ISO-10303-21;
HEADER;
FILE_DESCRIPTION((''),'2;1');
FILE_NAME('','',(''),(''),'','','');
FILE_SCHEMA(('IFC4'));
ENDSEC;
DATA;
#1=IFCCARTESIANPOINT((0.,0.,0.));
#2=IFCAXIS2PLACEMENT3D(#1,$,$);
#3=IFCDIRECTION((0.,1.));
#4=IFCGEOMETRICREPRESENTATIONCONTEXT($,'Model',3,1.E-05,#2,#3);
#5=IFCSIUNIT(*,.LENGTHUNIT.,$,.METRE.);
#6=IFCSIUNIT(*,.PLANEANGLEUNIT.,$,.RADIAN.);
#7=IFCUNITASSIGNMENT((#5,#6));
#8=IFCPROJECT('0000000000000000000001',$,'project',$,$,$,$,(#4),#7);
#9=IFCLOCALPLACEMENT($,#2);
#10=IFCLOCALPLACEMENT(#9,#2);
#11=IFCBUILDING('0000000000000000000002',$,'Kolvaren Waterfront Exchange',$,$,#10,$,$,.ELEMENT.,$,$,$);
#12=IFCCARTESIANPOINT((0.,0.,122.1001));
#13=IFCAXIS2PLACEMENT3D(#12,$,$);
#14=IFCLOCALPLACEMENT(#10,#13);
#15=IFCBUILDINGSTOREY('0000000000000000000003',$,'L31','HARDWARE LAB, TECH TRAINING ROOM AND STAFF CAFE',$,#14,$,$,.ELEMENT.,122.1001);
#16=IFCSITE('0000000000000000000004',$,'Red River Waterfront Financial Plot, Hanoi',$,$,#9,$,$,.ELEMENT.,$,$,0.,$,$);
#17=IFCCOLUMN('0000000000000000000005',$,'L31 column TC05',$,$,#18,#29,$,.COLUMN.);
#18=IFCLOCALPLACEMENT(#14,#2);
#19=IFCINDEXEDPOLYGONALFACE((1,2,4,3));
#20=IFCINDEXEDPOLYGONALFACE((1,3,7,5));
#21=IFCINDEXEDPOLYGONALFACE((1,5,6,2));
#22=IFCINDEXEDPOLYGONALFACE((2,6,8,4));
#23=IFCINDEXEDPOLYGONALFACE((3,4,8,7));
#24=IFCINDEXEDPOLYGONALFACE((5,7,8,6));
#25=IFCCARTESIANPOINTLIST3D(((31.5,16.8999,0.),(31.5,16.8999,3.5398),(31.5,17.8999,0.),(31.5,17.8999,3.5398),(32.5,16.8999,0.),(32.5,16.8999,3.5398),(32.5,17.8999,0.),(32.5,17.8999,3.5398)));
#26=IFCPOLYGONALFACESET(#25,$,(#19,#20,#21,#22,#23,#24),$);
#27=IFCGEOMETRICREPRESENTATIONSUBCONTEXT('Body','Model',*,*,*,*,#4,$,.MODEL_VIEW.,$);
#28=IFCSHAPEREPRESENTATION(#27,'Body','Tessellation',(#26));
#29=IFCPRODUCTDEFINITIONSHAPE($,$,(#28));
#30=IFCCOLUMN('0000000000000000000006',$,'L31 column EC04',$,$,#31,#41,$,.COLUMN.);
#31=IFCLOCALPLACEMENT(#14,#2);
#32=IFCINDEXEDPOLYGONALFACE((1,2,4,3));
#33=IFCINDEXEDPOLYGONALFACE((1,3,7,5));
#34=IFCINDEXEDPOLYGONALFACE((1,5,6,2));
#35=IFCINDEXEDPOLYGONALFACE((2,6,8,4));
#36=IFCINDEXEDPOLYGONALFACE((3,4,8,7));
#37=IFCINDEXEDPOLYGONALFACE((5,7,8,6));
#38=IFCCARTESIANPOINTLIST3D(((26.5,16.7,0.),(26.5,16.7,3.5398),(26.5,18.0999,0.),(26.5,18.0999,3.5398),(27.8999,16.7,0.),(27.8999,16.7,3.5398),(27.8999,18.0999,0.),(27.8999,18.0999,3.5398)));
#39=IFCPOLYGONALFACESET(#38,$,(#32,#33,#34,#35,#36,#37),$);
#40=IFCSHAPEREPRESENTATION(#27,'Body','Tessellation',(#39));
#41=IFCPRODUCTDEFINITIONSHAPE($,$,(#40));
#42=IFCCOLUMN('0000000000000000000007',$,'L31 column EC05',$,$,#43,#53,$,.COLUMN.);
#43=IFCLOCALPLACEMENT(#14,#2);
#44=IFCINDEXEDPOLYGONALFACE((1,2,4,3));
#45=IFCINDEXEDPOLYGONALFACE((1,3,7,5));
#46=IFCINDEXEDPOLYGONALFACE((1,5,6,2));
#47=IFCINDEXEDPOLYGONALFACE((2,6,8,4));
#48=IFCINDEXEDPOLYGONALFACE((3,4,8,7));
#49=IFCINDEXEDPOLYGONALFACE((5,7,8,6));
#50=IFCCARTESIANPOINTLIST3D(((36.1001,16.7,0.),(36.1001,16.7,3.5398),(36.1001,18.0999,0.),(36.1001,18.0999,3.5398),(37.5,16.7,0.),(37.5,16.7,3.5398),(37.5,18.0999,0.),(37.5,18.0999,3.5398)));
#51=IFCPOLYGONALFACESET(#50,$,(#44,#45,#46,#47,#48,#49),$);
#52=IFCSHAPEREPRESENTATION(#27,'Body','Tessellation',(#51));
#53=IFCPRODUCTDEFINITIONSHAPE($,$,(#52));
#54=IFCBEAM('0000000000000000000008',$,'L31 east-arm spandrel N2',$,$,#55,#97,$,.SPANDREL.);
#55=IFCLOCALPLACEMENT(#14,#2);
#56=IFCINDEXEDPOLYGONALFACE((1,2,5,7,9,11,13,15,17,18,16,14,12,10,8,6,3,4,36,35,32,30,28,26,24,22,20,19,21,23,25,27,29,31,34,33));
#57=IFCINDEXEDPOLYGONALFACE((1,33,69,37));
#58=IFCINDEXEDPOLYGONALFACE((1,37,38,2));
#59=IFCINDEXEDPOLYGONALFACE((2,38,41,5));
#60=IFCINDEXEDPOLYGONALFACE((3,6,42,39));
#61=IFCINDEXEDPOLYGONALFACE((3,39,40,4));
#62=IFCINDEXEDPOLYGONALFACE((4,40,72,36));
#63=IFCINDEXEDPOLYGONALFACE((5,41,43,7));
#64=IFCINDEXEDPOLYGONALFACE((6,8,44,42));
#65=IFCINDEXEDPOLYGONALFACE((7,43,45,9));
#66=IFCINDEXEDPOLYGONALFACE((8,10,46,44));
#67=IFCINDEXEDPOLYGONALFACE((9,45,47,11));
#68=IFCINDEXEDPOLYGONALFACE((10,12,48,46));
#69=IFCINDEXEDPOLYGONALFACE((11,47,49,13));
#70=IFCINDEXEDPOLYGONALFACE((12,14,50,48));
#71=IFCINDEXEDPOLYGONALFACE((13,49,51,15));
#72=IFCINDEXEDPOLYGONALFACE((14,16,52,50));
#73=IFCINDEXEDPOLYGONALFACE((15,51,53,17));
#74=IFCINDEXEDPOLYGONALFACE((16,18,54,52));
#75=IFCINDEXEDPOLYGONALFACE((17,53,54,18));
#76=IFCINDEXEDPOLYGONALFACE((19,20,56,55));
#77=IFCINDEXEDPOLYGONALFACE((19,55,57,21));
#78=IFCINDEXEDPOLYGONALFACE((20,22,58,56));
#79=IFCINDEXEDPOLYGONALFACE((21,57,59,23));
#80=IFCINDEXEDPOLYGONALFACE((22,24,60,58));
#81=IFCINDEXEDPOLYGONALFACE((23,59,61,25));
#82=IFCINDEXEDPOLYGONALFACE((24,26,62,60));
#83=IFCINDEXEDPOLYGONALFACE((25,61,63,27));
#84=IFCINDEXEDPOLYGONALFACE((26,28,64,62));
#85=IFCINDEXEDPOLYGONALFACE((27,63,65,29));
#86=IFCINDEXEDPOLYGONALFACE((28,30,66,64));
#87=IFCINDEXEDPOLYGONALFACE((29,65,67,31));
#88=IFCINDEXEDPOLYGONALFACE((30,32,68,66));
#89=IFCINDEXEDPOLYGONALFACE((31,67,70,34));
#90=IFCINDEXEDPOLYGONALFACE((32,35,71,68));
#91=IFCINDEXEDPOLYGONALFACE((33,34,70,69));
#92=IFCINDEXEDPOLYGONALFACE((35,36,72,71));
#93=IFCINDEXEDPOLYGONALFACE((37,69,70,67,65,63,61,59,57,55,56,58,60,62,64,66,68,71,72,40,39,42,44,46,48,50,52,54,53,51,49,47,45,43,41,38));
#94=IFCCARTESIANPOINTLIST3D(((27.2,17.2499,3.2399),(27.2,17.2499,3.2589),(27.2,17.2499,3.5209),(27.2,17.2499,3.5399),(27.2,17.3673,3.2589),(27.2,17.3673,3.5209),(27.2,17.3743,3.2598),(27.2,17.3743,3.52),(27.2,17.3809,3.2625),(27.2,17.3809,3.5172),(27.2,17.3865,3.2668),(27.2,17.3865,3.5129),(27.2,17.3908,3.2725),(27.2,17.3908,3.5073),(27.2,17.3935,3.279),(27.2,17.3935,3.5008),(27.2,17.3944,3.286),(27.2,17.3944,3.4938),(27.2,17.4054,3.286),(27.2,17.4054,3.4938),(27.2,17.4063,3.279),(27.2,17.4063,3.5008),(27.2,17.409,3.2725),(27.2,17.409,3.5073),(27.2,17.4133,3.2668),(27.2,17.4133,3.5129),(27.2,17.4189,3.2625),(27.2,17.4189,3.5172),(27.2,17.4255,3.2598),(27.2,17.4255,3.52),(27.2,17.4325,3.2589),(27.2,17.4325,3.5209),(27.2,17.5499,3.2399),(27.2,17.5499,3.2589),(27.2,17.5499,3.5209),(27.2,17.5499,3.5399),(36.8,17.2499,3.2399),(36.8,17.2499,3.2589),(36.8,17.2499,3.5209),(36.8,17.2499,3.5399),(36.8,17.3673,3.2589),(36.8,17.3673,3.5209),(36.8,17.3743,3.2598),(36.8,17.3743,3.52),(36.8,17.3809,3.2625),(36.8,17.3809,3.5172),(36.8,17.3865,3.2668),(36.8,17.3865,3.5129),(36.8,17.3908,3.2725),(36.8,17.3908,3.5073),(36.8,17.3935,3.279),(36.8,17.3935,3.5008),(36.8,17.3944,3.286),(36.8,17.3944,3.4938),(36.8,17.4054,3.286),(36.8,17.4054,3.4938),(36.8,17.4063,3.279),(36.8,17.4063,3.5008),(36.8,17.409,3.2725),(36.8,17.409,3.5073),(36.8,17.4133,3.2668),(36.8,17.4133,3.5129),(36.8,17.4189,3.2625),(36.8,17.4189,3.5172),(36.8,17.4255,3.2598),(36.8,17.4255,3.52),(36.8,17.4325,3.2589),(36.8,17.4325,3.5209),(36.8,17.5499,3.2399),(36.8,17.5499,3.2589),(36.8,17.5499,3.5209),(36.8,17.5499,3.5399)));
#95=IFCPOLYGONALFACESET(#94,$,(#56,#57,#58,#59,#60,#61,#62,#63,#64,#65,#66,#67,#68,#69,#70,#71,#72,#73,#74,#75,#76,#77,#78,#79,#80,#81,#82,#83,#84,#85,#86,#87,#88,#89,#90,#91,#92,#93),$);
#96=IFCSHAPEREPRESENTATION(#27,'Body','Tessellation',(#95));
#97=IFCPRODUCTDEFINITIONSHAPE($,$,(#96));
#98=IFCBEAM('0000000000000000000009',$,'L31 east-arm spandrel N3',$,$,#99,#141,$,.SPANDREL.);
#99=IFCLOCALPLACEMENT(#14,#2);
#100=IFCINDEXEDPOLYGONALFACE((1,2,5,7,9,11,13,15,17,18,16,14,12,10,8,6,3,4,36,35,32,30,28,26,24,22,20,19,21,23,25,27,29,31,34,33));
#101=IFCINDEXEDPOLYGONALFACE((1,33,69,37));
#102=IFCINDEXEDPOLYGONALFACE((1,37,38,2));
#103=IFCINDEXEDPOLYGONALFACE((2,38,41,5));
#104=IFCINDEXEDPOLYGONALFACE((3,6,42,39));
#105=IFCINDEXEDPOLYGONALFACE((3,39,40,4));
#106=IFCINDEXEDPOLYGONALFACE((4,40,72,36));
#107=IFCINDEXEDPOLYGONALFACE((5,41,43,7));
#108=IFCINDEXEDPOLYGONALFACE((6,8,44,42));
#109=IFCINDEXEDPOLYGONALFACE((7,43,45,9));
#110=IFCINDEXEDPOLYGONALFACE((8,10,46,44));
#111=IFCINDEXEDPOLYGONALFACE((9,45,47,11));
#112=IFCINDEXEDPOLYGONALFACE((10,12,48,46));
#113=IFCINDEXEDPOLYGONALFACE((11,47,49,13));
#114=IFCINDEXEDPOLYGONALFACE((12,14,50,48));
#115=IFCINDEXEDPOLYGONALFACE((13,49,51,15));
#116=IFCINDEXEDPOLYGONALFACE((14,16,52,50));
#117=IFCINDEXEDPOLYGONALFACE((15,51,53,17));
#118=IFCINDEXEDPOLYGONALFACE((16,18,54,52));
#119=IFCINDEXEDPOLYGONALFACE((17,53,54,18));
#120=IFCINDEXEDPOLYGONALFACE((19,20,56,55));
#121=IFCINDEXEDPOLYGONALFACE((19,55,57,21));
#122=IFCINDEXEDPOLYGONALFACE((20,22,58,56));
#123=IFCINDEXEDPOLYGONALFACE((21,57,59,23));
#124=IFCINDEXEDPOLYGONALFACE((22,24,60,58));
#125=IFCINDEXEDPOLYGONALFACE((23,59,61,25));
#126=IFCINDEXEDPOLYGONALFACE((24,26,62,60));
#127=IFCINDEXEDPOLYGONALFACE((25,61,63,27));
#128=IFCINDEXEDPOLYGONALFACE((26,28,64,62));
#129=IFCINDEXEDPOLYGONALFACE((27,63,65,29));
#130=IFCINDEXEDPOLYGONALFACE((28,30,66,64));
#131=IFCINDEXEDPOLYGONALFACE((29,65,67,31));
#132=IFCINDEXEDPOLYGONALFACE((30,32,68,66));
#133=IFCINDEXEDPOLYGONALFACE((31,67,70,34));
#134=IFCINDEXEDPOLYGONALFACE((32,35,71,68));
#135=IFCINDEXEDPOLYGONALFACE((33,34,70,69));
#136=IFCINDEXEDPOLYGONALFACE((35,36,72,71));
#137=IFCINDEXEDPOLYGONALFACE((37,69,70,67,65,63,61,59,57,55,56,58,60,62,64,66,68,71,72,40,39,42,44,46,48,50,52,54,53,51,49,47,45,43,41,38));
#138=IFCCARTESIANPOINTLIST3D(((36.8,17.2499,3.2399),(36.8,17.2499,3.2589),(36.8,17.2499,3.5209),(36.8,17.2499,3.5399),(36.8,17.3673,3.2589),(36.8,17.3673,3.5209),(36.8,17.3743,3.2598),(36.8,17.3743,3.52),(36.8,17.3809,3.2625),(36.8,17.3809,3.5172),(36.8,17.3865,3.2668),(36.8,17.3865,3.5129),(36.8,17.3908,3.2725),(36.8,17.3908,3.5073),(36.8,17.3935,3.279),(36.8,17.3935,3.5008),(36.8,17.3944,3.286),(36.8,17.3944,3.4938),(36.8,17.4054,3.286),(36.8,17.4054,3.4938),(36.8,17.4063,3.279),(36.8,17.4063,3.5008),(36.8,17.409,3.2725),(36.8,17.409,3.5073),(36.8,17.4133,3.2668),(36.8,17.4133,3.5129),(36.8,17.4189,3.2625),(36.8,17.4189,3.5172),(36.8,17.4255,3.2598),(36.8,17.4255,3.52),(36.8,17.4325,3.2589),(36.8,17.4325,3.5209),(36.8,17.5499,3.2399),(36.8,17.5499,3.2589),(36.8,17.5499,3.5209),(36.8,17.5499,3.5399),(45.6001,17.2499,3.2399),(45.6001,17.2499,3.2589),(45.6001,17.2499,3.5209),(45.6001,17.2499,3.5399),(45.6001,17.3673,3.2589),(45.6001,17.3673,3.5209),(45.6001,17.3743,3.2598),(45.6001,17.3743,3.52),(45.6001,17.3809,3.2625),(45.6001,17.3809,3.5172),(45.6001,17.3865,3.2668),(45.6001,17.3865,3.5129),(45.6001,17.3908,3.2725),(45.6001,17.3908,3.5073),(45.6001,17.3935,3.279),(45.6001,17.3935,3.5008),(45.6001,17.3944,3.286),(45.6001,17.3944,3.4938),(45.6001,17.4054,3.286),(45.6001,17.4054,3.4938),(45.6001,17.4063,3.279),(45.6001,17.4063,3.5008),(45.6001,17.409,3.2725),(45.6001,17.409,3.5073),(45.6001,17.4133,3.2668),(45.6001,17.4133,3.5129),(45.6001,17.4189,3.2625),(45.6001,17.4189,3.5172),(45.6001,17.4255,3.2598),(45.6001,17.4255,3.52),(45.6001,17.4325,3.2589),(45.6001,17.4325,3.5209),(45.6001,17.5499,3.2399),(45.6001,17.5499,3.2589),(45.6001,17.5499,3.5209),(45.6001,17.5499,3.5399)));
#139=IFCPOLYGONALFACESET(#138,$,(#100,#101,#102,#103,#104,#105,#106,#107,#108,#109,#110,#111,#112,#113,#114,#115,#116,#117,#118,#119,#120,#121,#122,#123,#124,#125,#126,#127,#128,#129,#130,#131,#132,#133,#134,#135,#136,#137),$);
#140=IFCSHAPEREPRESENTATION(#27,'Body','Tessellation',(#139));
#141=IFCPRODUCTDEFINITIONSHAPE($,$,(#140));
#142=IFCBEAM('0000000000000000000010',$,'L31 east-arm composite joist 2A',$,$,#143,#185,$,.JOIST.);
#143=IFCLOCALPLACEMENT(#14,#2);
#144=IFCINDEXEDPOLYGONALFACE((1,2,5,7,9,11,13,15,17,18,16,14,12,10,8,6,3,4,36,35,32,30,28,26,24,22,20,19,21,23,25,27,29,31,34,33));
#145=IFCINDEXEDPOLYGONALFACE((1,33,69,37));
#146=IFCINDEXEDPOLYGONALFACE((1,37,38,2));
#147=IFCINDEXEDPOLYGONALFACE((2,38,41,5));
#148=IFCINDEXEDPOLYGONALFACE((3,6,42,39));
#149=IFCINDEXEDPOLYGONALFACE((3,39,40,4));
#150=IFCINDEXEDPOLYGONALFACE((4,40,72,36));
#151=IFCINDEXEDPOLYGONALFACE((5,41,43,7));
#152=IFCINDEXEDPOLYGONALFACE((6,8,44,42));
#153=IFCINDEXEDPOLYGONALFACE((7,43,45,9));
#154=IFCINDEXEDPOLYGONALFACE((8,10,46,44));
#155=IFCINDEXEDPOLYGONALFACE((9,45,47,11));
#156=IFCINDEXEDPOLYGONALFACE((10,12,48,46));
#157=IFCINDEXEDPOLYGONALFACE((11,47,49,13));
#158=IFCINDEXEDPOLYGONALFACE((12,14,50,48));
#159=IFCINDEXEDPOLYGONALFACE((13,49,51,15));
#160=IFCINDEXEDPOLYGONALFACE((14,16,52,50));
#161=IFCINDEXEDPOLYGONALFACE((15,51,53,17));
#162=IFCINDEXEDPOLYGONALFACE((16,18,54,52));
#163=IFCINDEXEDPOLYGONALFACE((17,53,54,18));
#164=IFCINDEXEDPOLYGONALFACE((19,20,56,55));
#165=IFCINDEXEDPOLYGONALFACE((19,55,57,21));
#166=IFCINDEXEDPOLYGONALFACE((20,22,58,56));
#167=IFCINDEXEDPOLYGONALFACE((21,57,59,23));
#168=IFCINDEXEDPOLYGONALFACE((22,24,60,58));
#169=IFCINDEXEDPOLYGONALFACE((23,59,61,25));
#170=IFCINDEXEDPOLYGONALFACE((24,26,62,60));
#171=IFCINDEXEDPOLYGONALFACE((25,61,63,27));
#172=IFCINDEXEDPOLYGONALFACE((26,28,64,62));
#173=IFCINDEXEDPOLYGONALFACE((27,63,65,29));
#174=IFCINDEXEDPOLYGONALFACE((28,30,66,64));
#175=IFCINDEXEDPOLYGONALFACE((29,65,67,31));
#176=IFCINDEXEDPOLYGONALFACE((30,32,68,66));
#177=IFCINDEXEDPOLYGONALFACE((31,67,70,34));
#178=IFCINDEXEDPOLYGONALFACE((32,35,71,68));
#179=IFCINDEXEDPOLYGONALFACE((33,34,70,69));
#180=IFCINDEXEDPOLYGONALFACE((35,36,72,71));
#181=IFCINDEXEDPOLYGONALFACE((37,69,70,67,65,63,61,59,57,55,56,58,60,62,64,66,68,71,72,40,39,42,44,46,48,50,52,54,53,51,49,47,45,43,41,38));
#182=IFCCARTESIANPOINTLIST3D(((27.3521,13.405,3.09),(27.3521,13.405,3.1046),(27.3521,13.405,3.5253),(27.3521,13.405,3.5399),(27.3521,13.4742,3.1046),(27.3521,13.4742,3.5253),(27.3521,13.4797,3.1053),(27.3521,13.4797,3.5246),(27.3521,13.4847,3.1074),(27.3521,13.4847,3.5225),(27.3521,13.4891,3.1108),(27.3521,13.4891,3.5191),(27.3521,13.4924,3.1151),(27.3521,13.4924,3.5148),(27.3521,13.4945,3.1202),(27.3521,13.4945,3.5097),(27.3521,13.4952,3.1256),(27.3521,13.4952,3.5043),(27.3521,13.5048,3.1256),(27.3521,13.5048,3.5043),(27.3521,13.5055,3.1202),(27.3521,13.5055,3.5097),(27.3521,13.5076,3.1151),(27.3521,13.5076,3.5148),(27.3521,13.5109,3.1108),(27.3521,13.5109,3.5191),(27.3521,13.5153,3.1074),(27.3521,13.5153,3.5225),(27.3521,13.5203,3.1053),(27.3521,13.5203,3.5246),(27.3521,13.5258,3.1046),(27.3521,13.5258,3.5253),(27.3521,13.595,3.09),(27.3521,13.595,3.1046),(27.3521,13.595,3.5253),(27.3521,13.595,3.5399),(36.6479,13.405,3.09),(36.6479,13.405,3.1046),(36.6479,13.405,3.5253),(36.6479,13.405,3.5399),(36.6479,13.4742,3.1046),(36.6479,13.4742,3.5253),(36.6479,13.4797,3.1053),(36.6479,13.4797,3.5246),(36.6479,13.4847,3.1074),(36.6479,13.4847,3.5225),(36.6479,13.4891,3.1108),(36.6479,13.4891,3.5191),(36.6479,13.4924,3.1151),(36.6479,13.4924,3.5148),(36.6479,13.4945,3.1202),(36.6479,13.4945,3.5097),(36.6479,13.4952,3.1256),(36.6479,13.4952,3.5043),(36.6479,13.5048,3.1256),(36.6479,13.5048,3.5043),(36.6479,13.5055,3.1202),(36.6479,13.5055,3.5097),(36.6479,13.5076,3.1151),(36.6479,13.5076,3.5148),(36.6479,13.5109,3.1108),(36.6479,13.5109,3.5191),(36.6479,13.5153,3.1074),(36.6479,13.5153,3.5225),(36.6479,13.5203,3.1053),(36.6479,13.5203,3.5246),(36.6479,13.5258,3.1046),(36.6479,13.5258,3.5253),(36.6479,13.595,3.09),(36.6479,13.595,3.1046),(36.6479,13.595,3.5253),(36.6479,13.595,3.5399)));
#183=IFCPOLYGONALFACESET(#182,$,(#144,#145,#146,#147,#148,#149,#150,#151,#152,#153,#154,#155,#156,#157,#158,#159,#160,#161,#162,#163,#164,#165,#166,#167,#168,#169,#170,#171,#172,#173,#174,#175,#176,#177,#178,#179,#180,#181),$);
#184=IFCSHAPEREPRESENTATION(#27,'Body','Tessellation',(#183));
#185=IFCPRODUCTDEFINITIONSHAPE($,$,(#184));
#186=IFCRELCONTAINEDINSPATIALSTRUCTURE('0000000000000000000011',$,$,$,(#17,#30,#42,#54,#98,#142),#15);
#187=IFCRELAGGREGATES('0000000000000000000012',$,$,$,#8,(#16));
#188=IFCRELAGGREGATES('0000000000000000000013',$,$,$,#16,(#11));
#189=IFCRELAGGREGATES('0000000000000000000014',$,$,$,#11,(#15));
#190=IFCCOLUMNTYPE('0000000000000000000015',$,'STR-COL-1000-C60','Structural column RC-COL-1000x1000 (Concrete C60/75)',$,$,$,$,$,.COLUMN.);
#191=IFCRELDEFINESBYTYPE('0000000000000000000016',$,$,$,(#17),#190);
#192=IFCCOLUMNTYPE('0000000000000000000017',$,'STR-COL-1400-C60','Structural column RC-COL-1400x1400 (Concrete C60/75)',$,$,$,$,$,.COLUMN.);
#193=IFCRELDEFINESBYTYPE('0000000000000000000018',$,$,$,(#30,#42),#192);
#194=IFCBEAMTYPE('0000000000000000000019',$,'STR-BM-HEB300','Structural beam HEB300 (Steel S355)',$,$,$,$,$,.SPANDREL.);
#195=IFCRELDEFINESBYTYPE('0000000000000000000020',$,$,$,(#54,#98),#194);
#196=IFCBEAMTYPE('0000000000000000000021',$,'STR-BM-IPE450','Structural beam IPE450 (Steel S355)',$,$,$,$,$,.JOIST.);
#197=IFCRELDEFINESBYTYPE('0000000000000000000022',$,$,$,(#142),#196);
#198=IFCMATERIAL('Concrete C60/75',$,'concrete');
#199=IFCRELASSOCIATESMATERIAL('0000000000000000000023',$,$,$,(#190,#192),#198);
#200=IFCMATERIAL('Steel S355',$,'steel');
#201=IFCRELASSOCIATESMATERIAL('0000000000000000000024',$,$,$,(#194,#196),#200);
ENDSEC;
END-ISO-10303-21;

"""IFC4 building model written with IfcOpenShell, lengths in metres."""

from ifc_helpers import new_model, si_unit, direction, frame, origin, origin_2d, place, context, subcontext, project, spatial, rectangle, i_section, extrude, material, material_profile, profile_set, type_object, element, save


model = new_model("IFC4")

# Units and contexts
model_context = context("Model", 3, precision=1e-05, world=origin(), true_north=direction((0.0, 1.0)))
body_context = subcontext(model_context, "Body", "Model", "MODEL_VIEW")
ifc_project = project(units=[si_unit("LENGTHUNIT", "METRE"), si_unit("PLANEANGLEUNIT", "RADIAN")], contexts=[model_context])

# Site, building, storey
site_placement = place(None, origin())
site = spatial("IfcSite", under=ifc_project, at=site_placement, Name="Red River Waterfront Financial Plot, Hanoi", CompositionType="ELEMENT", RefElevation=0.0)
building_placement = place(site_placement, origin())
building = spatial("IfcBuilding", under=site, at=building_placement, Name="Kolvaren Waterfront Exchange", CompositionType="ELEMENT")
storey_placement = place(building_placement, frame((0.0, 0.0, 122.1001)))
storey = spatial("IfcBuildingStorey", under=building, at=storey_placement, Name="L31", Description="HARDWARE LAB, TECH TRAINING ROOM AND STAFF CAFE", CompositionType="ELEMENT", Elevation=122.1001)

# Columns
ifc_material_1 = material(Name="Concrete C60/75", Category="concrete")
ifc_material_profile_1 = material_profile(ifc_material_1, rectangle(XDim=1.0, YDim=1.0, at=origin_2d()), Name="RC-COL-1000x1000")
ifc_profile_set_1 = profile_set([ifc_material_profile_1], Name="Concrete C60/75")
column_type_1 = type_object("IfcColumnType", Name="STR-COL-1000-C60", Description="Structural column RC-COL-1000x1000 (Concrete C60/75)", PredefinedType="COLUMN", material=ifc_profile_set_1)
column_placement = place(storey_placement, frame((32.0, 17.3999, 0.0), z_axis=(0.0, 0.0, 1.0), x_axis=(1.0, 0.0, 0.0)))
element("IfcColumn", 1, at=column_placement, inside=storey, type_object=column_type_1, Name="L31 column TC05", PredefinedType="COLUMN", context=body_context, shape_type="SweptSolid", body=[
    extrude(rectangle(XDim=1.0, YDim=1.0, at=origin_2d()), origin(), (0.0, 0.0, 1.0), 3.5398),
])
ifc_material_profile_2 = material_profile(ifc_material_1, rectangle(XDim=1.3999, YDim=1.3999, at=origin_2d()), Name="RC-COL-1400x1400")
ifc_profile_set_2 = profile_set([ifc_material_profile_2], Name="Concrete C60/75")
column_type_2 = type_object("IfcColumnType", Name="STR-COL-1400-C60", Description="Structural column RC-COL-1400x1400 (Concrete C60/75)", PredefinedType="COLUMN", material=ifc_profile_set_2)
for number, where, z_axis, x_axis, name in (
    (2, (27.2, 17.3999, 0.0), (0.0, 0.0, 1.0), (1.0, 0.0, 0.0), "L31 column EC04"),
    (3, (36.8, 17.3999, 0.0), (0.0, 0.0, 1.0), (1.0, 0.0, 0.0), "L31 column EC05"),
):
    element("IfcColumn", number, at=place(storey_placement, frame(where, z_axis=z_axis, x_axis=x_axis)), inside=storey, type_object=column_type_2, Name=name, PredefinedType="COLUMN", context=body_context, shape_type="SweptSolid", body=[
        extrude(rectangle(XDim=1.3999, YDim=1.3999, at=origin_2d()), origin(), (0.0, 0.0, 1.0), 3.5398),
    ])

# Beams
ifc_material_2 = material(Name="Steel S355", Category="steel")
ifc_material_profile_3 = material_profile(ifc_material_2, i_section(OverallWidth=0.3, OverallDepth=0.3, WebThickness=0.011, FlangeThickness=0.019, FilletRadius=0.0271, at=origin_2d()), Name="HEB300")
ifc_profile_set_3 = profile_set([ifc_material_profile_3], Name="Steel S355")
beam_type_1 = type_object("IfcBeamType", Name="STR-BM-HEB300", Description="Structural beam HEB300 (Steel S355)", PredefinedType="SPANDREL", material=ifc_profile_set_3)
beam_1_placement = place(storey_placement, frame((27.2, 17.3999, 3.3899), z_axis=(1.0, 0.0, 0.0), x_axis=(0.0, 1.0, 0.0)))
element("IfcBeam", 4, at=beam_1_placement, inside=storey, type_object=beam_type_1, Name="L31 east-arm spandrel N2", PredefinedType="SPANDREL", context=body_context, shape_type="SweptSolid", body=[
    extrude(i_section(OverallWidth=0.3, OverallDepth=0.3, WebThickness=0.011, FlangeThickness=0.019, FilletRadius=0.0271, at=origin_2d()), origin(), (0.0, 0.0, 1.0), 9.6001),
])
beam_2_placement = place(storey_placement, frame((36.8, 17.3999, 3.3899), z_axis=(1.0, 0.0, 0.0), x_axis=(0.0, 1.0, 0.0)))
element("IfcBeam", 5, at=beam_2_placement, inside=storey, type_object=beam_type_1, Name="L31 east-arm spandrel N3", PredefinedType="SPANDREL", context=body_context, shape_type="SweptSolid", body=[
    extrude(i_section(OverallWidth=0.3, OverallDepth=0.3, WebThickness=0.011, FlangeThickness=0.019, FilletRadius=0.0271, at=origin_2d()), origin(), (0.0, 0.0, 1.0), 8.8),
])
ifc_material_profile_4 = material_profile(ifc_material_2, i_section(OverallWidth=0.1899, OverallDepth=0.45, WebThickness=0.0095, FlangeThickness=0.0146, FilletRadius=0.021, at=origin_2d()), Name="IPE450")
ifc_profile_set_4 = profile_set([ifc_material_profile_4], Name="Steel S355")
beam_type_2 = type_object("IfcBeamType", Name="STR-BM-IPE450", Description="Structural beam IPE450 (Steel S355)", PredefinedType="JOIST", material=ifc_profile_set_4)
for number, where, z_axis, x_axis, name in (
    (6, (27.3521, 13.5, 3.3149), (1.0, 0.0, 0.0), (0.0, 1.0, 0.0), "L31 east-arm composite joist 2A"),
):
    element("IfcBeam", number, at=place(storey_placement, frame(where, z_axis=z_axis, x_axis=x_axis)), inside=storey, type_object=beam_type_2, Name=name, PredefinedType="JOIST", context=body_context, shape_type="SweptSolid", body=[
        extrude(i_section(OverallWidth=0.1899, OverallDepth=0.45, WebThickness=0.0095, FlangeThickness=0.0146, FilletRadius=0.021, at=origin_2d()), origin(), (0.0, 0.0, 1.0), 9.2959),
    ])

save(model, "model.ifc")
